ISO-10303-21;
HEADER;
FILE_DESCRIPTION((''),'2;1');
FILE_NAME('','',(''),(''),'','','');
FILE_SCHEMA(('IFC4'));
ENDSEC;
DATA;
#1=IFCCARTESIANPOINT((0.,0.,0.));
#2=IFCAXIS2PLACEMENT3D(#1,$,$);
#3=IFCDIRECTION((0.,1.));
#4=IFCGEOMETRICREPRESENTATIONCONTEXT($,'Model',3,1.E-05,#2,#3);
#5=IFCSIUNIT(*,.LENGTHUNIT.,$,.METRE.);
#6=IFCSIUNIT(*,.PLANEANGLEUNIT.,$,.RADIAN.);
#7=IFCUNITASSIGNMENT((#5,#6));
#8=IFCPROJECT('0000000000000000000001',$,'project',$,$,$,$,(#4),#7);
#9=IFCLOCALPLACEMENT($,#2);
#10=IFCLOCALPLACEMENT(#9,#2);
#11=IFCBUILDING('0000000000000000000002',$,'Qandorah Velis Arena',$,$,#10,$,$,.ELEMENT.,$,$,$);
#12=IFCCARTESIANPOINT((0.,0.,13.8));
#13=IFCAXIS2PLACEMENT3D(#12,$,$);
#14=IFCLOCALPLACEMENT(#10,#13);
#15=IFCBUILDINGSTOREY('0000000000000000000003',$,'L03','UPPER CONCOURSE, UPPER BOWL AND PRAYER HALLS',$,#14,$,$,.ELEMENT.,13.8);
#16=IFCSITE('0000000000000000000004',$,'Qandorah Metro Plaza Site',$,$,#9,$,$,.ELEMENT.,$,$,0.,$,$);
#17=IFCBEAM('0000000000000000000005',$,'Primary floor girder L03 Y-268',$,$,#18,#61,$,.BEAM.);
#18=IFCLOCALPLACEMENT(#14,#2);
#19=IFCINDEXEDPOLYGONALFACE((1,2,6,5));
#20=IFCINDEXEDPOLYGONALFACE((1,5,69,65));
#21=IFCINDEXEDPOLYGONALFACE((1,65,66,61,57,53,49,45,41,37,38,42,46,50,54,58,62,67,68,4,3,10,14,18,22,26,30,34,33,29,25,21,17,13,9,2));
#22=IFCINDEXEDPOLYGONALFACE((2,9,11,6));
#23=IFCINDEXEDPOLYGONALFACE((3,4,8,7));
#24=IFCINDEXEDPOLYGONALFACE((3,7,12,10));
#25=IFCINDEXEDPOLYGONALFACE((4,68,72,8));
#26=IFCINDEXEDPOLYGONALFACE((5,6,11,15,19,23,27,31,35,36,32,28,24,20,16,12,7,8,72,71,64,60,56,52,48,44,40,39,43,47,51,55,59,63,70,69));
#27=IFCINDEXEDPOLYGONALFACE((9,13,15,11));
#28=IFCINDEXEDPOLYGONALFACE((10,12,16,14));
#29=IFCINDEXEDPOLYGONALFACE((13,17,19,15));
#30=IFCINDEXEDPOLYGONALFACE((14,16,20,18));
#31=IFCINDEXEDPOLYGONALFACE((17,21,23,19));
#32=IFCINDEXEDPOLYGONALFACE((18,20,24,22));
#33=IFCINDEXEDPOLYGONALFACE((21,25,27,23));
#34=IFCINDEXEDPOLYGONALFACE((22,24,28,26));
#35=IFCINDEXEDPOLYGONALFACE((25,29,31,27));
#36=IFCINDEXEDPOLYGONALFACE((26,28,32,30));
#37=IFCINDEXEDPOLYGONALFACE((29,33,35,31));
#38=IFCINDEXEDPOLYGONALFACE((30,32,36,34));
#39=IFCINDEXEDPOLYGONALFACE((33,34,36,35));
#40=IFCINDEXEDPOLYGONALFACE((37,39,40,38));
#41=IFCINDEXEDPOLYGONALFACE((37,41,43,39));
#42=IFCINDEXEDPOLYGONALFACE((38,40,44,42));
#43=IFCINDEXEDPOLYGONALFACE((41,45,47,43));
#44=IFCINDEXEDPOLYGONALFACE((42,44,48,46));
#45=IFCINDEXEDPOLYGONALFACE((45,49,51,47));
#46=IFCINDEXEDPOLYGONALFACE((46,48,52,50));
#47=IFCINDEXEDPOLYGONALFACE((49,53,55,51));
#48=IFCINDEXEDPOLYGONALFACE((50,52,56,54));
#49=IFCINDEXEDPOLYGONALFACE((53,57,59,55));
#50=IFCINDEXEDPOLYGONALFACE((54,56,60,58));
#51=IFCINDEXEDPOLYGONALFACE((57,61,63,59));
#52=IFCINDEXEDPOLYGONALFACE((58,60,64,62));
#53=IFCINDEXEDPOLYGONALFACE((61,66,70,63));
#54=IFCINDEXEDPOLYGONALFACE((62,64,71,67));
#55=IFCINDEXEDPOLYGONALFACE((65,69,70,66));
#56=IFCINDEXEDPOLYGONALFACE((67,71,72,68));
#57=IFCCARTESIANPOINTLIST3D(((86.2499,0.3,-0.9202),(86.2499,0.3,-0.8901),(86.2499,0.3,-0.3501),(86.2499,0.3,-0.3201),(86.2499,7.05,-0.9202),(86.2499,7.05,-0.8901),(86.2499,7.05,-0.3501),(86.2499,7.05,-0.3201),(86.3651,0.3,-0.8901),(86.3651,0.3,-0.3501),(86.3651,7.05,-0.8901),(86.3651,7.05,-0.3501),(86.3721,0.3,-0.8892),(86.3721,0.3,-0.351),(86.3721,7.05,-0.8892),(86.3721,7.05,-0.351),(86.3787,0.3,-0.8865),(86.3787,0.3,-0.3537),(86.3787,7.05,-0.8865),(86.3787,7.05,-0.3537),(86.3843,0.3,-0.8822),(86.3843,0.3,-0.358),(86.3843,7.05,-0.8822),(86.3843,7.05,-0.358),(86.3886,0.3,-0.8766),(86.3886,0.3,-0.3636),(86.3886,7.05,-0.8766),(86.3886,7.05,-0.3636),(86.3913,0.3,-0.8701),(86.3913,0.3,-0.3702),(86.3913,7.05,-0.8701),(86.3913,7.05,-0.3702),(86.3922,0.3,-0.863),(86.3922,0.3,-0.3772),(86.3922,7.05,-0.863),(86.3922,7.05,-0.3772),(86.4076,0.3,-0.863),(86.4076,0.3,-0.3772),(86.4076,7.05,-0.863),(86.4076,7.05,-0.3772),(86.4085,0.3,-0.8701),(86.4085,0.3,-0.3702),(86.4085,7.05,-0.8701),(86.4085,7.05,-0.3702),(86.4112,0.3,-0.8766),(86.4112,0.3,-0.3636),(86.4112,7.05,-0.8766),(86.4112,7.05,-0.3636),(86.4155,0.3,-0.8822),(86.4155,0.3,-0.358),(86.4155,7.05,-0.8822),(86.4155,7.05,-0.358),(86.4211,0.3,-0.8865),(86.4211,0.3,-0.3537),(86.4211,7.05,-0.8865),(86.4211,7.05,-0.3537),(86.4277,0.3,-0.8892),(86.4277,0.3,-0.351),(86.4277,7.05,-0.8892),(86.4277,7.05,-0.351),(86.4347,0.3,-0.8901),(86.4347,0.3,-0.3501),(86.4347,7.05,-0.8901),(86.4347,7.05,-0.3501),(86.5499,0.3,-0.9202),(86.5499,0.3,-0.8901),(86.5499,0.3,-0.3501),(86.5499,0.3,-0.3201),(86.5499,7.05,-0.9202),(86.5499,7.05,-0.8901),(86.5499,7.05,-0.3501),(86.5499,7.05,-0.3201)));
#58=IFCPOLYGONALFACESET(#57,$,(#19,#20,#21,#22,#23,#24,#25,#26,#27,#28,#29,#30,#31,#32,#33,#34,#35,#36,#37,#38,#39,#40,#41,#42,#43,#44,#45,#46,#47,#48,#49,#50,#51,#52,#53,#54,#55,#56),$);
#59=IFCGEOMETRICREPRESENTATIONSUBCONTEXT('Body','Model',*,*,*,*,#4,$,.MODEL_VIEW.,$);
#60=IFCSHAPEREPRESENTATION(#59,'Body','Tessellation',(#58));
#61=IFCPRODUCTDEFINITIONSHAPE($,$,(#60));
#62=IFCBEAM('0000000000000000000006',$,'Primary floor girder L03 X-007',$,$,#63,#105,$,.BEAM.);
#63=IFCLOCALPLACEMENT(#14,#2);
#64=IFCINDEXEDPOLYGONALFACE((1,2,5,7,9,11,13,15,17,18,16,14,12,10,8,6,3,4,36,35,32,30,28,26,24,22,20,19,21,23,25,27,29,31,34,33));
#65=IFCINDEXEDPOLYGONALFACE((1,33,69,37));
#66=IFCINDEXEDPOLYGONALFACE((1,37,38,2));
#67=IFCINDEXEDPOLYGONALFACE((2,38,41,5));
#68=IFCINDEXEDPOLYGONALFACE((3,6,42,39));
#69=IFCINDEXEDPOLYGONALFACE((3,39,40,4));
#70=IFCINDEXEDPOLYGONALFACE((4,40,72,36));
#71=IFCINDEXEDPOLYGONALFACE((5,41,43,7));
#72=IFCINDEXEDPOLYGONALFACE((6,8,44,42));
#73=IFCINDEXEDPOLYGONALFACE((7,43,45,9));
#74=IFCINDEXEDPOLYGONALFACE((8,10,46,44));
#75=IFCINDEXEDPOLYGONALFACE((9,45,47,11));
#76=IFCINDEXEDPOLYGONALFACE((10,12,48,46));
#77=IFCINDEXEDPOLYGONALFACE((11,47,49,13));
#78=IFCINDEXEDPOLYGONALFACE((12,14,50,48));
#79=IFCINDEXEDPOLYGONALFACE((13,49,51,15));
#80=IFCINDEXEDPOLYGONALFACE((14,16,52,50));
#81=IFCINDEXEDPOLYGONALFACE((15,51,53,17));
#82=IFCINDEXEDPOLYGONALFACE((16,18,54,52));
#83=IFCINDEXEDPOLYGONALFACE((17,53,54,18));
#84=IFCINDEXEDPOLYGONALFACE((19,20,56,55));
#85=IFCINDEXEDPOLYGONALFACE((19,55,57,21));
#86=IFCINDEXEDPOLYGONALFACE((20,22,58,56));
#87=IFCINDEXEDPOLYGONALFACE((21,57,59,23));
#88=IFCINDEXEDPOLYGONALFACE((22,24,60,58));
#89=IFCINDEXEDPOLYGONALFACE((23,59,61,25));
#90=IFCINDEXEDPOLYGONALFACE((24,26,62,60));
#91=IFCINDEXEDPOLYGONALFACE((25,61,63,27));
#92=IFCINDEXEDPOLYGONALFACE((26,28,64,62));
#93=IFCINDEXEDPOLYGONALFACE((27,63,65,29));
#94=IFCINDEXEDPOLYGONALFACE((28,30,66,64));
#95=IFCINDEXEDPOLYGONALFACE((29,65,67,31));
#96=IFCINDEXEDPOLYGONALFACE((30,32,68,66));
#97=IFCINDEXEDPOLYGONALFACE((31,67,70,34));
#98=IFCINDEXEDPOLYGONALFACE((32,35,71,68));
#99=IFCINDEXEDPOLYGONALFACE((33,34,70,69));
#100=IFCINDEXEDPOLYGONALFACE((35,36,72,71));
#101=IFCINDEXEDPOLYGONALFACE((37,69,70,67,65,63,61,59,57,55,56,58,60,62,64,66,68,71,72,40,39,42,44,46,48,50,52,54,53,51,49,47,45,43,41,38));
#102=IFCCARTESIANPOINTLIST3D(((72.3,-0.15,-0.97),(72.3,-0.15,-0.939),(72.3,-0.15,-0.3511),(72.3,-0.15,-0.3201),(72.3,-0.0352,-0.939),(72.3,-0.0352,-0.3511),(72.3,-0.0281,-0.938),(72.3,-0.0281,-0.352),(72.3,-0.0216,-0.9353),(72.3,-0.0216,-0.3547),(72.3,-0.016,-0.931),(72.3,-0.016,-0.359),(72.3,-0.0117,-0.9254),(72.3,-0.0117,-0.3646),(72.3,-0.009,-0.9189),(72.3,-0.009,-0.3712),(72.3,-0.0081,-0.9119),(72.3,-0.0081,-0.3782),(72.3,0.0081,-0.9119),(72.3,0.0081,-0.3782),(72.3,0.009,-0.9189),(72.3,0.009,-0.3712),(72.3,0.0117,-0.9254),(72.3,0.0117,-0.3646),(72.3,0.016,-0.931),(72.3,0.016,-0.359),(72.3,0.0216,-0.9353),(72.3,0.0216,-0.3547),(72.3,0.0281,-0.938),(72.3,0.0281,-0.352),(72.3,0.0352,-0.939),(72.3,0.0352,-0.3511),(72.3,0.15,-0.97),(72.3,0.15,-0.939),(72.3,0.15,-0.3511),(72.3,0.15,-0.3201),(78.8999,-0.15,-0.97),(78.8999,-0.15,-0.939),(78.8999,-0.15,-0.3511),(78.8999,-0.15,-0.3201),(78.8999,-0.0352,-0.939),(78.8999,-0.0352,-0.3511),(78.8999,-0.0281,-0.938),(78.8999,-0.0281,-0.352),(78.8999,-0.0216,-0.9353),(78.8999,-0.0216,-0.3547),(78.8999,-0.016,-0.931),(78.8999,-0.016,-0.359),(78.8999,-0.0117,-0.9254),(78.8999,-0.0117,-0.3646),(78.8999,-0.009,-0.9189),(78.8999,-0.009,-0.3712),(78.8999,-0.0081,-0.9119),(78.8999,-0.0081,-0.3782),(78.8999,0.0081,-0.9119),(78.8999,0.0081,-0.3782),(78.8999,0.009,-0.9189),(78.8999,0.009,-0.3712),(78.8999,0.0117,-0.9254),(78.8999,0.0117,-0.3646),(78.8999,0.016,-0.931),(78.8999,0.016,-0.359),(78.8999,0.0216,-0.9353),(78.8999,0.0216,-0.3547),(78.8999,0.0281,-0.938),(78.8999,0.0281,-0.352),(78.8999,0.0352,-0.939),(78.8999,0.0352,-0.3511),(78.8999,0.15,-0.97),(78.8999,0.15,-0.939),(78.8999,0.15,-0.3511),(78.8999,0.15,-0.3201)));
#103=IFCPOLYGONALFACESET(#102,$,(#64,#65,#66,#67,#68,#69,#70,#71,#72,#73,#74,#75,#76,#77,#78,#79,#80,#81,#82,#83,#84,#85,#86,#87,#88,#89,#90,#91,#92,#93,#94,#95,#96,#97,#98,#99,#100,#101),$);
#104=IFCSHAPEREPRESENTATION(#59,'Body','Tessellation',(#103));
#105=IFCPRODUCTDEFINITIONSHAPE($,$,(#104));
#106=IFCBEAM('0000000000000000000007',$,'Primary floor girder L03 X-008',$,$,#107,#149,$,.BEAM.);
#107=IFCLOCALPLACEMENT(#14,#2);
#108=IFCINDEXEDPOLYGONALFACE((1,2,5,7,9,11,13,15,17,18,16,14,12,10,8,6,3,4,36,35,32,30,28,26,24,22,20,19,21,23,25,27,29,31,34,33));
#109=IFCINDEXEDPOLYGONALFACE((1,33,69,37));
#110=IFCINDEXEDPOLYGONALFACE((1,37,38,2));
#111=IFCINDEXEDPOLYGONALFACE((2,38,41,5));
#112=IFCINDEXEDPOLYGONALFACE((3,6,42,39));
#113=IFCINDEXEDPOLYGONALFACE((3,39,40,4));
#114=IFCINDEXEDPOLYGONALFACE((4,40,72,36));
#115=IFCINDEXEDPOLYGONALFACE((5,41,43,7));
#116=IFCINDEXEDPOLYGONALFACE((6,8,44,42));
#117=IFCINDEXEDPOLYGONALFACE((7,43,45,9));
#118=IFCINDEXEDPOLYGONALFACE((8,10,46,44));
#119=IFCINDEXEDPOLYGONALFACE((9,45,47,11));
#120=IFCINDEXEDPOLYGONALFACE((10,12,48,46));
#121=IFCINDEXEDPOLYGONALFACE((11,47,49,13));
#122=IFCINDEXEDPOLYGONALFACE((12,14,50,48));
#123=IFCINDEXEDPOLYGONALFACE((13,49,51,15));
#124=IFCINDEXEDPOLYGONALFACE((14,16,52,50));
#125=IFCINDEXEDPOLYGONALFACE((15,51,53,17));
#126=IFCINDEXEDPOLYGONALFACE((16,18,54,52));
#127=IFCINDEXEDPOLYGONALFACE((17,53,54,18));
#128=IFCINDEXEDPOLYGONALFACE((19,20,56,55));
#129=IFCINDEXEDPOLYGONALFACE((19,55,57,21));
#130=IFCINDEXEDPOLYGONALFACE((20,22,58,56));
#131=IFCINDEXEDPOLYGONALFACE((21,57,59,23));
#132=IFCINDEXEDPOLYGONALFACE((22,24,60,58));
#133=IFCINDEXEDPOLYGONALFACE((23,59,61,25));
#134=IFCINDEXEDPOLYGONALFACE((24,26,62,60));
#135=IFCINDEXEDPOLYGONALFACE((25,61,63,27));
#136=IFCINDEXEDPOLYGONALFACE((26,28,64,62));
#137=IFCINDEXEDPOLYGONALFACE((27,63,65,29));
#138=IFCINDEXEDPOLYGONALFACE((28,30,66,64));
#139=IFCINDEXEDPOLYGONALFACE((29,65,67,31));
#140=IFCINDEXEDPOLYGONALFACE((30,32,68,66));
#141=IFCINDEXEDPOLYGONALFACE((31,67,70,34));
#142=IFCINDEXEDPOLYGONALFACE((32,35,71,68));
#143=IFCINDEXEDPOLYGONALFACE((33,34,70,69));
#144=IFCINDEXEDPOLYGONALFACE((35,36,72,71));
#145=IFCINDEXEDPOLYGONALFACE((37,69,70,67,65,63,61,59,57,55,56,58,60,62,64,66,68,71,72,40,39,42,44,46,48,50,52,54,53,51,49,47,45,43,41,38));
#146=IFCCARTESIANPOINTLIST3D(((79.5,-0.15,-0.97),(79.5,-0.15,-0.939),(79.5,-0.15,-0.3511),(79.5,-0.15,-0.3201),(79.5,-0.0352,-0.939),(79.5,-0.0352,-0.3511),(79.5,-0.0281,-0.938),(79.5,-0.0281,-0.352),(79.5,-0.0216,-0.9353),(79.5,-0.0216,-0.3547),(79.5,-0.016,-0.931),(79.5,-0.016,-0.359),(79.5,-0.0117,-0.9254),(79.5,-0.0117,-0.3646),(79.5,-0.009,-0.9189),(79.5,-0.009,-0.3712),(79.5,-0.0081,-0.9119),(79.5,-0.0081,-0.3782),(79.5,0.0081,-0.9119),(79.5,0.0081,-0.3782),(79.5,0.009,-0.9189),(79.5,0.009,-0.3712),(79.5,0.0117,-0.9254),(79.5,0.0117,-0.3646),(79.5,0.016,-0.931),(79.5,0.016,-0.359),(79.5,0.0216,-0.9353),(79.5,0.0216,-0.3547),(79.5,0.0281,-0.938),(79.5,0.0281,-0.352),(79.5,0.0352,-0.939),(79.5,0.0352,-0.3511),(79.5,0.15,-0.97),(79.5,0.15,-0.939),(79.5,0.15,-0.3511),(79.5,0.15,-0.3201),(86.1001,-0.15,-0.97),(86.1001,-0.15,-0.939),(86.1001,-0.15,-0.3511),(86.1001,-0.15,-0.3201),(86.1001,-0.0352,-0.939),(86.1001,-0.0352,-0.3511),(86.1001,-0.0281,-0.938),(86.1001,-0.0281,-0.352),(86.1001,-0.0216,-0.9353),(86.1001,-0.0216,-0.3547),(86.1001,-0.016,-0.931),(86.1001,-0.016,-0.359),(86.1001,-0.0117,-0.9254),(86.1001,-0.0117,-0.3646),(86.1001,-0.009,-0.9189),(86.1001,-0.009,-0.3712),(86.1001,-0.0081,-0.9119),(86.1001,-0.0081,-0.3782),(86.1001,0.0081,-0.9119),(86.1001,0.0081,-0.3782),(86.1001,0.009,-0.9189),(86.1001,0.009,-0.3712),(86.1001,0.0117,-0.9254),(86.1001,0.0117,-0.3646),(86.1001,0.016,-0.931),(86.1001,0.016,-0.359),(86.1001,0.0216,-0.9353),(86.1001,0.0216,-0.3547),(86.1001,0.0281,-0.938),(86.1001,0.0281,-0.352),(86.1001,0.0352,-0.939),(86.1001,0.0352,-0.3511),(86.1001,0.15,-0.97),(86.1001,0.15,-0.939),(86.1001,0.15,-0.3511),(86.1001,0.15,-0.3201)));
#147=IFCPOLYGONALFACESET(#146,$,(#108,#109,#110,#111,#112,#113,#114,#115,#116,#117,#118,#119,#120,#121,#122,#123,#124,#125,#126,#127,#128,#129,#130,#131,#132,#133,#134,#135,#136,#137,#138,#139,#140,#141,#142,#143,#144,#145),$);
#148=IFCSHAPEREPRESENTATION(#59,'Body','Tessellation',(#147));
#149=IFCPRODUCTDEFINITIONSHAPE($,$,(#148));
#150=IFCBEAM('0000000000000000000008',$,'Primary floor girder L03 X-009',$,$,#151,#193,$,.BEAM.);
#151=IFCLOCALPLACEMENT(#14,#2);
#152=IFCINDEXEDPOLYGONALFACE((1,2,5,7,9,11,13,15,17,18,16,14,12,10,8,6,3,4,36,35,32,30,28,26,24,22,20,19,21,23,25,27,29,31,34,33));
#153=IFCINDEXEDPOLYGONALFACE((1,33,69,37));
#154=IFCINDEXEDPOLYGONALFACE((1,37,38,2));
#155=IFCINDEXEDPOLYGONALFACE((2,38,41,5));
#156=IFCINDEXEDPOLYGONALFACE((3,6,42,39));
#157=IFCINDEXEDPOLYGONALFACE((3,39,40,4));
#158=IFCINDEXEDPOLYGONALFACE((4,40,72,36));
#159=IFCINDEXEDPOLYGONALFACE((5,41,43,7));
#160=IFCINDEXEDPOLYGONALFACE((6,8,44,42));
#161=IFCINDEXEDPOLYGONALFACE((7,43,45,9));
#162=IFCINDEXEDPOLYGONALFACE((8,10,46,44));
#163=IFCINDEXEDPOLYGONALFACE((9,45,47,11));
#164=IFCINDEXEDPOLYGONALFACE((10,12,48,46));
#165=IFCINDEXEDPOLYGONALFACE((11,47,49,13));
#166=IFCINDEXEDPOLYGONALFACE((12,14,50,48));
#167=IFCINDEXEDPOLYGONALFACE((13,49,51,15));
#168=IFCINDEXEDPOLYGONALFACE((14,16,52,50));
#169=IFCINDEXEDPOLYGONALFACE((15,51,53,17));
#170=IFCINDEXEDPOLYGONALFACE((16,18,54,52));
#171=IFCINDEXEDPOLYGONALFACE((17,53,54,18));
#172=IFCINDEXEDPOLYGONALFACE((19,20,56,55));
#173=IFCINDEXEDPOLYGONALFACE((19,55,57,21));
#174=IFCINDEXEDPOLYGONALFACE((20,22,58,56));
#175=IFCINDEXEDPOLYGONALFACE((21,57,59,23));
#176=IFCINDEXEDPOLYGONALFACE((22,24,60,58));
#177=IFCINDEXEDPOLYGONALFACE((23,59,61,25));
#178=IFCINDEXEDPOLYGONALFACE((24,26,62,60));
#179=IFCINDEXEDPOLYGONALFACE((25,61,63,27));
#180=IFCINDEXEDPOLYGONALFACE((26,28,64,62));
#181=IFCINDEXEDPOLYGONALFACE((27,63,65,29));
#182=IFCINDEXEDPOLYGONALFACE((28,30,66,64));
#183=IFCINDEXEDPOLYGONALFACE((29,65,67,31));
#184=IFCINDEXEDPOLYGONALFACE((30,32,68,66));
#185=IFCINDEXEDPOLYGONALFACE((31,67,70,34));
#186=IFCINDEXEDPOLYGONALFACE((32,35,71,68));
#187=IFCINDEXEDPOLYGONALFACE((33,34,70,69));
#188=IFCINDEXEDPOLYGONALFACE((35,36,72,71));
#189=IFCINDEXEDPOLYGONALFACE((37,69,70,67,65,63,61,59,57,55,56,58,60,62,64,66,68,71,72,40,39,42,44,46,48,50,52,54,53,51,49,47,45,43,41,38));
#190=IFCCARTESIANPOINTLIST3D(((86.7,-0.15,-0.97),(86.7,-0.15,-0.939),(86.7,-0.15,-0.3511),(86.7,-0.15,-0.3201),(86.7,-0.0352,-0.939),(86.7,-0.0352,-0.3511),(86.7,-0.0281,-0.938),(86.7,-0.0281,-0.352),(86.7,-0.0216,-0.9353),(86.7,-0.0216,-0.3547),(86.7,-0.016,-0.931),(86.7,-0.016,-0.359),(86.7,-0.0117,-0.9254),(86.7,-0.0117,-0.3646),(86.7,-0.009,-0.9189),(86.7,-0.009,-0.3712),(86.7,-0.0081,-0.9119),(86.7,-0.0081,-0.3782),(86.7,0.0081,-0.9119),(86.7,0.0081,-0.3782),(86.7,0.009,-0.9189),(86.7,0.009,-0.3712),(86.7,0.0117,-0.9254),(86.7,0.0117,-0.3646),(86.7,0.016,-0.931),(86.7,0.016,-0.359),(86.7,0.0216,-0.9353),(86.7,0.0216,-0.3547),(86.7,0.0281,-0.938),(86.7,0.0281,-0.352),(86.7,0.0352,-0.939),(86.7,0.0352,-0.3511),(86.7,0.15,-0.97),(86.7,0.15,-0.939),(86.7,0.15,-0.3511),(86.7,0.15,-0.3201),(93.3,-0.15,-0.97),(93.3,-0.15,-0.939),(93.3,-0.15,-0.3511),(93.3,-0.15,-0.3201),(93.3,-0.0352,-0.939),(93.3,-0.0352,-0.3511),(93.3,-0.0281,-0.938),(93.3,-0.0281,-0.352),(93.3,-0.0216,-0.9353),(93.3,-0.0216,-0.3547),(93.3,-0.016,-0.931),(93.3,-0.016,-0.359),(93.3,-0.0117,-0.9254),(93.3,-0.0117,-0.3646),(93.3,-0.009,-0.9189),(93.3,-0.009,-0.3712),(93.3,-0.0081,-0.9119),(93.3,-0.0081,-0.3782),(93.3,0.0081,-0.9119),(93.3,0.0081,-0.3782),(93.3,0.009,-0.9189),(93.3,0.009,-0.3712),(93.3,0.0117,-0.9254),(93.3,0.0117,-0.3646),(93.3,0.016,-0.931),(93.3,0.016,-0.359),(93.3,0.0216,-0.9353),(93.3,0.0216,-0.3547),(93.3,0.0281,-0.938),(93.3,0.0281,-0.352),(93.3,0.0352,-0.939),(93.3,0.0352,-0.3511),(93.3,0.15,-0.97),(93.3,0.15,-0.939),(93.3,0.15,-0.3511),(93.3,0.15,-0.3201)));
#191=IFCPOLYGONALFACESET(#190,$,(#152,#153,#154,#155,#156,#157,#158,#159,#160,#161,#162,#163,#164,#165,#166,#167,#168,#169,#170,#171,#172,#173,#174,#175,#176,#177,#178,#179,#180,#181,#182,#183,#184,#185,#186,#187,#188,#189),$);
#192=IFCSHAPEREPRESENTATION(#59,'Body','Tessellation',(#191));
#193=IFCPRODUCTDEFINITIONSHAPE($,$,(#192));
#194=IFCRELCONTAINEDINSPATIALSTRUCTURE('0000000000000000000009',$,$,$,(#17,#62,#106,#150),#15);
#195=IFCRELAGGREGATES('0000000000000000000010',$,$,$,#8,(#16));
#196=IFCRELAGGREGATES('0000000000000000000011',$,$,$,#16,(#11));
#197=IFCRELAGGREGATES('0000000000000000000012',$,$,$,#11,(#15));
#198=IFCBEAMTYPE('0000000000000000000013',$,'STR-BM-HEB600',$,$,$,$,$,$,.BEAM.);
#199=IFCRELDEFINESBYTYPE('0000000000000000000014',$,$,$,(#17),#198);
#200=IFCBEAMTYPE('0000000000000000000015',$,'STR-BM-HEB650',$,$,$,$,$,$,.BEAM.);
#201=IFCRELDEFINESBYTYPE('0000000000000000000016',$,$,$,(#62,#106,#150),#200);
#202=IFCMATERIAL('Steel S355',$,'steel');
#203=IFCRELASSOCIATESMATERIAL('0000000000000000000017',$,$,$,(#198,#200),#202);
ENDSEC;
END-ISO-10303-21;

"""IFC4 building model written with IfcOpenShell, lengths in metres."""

from ifc_helpers import new_model, si_unit, direction, frame, origin, origin_2d, place, context, subcontext, project, spatial, i_section, extrude, material, material_profile, profile_set, type_object, element, save


model = new_model("IFC4")

# Units and contexts
model_context = context("Model", 3, precision=1e-05, world=origin(), true_north=direction((0.0, 1.0)))
body_context = subcontext(model_context, "Body", "Model", "MODEL_VIEW")
ifc_project = project(units=[si_unit("LENGTHUNIT", "METRE"), si_unit("PLANEANGLEUNIT", "RADIAN")], contexts=[model_context])

# Site, building, storey
site_placement = place(None, origin())
site = spatial("IfcSite", under=ifc_project, at=site_placement, Name="Qandorah Metro Plaza Site", CompositionType="ELEMENT", RefElevation=0.0)
building_placement = place(site_placement, origin())
building = spatial("IfcBuilding", under=site, at=building_placement, Name="Qandorah Velis Arena", CompositionType="ELEMENT")
storey_placement = place(building_placement, frame((0.0, 0.0, 13.8)))
storey = spatial("IfcBuildingStorey", under=building, at=storey_placement, Name="L03", Description="UPPER CONCOURSE, UPPER BOWL AND PRAYER HALLS", CompositionType="ELEMENT", Elevation=13.8)

# Beams
ifc_material_1 = material(Name="Steel S355", Category="steel")
ifc_material_profile_1 = material_profile(ifc_material_1, i_section(OverallWidth=0.3, OverallDepth=0.6001, WebThickness=0.0154, FlangeThickness=0.03, FilletRadius=0.0271, at=origin_2d()), Name="HEB 600")
ifc_profile_set_1 = profile_set([ifc_material_profile_1], Name="Steel S355")
beam_type_1 = type_object("IfcBeamType", Name="STR-BM-HEB600", PredefinedType="BEAM", material=ifc_profile_set_1)
beam_1_placement = place(storey_placement, frame((86.3999, 0.3, -0.6201), z_axis=(0.0, 1.0, 0.0), x_axis=(-1.0, 0.0, 0.0)))
element("IfcBeam", 1, at=beam_1_placement, inside=storey, type_object=beam_type_1, Name="Primary floor girder L03 Y-268", PredefinedType="BEAM", context=body_context, shape_type="SweptSolid", body=[
    extrude(i_section(OverallWidth=0.3, OverallDepth=0.6001, WebThickness=0.0154, FlangeThickness=0.03, FilletRadius=0.0271, at=origin_2d()), origin(), (0.0, 0.0, 1.0), 6.75),
])
ifc_material_profile_2 = material_profile(ifc_material_1, i_section(OverallWidth=0.3, OverallDepth=0.6499, WebThickness=0.0161, FlangeThickness=0.031, FilletRadius=0.0271, at=origin_2d()), Name="HEB 650")
ifc_profile_set_2 = profile_set([ifc_material_profile_2], Name="Steel S355")
beam_type_2 = type_object("IfcBeamType", Name="STR-BM-HEB650", PredefinedType="BEAM", material=ifc_profile_set_2)
beam_2_placement = place(storey_placement, frame((72.3, 0.0, -0.645), z_axis=(1.0, 0.0, 0.0), x_axis=(0.0, 1.0, 0.0)))
element("IfcBeam", 2, at=beam_2_placement, inside=storey, type_object=beam_type_2, Name="Primary floor girder L03 X-007", PredefinedType="BEAM", context=body_context, shape_type="SweptSolid", body=[
    extrude(i_section(OverallWidth=0.3, OverallDepth=0.6499, WebThickness=0.0161, FlangeThickness=0.031, FilletRadius=0.0271, at=origin_2d()), origin(), (0.0, 0.0, 1.0), 6.5999),
])
for number, where, z_axis, x_axis, name in (
    (3, (79.5, 0.0, -0.645), (1.0, 0.0, 0.0), (0.0, 1.0, 0.0), "Primary floor girder L03 X-008"),
    (4, (86.7, 0.0, -0.645), (1.0, 0.0, 0.0), (0.0, 1.0, 0.0), "Primary floor girder L03 X-009"),
):
    element("IfcBeam", number, at=place(storey_placement, frame(where, z_axis=z_axis, x_axis=x_axis)), inside=storey, type_object=beam_type_2, Name=name, PredefinedType="BEAM", context=body_context, shape_type="SweptSolid", body=[
        extrude(i_section(OverallWidth=0.3, OverallDepth=0.6499, WebThickness=0.0161, FlangeThickness=0.031, FilletRadius=0.0271, at=origin_2d()), origin(), (0.0, 0.0, 1.0), 6.6001),
    ])

save(model, "model.ifc")
